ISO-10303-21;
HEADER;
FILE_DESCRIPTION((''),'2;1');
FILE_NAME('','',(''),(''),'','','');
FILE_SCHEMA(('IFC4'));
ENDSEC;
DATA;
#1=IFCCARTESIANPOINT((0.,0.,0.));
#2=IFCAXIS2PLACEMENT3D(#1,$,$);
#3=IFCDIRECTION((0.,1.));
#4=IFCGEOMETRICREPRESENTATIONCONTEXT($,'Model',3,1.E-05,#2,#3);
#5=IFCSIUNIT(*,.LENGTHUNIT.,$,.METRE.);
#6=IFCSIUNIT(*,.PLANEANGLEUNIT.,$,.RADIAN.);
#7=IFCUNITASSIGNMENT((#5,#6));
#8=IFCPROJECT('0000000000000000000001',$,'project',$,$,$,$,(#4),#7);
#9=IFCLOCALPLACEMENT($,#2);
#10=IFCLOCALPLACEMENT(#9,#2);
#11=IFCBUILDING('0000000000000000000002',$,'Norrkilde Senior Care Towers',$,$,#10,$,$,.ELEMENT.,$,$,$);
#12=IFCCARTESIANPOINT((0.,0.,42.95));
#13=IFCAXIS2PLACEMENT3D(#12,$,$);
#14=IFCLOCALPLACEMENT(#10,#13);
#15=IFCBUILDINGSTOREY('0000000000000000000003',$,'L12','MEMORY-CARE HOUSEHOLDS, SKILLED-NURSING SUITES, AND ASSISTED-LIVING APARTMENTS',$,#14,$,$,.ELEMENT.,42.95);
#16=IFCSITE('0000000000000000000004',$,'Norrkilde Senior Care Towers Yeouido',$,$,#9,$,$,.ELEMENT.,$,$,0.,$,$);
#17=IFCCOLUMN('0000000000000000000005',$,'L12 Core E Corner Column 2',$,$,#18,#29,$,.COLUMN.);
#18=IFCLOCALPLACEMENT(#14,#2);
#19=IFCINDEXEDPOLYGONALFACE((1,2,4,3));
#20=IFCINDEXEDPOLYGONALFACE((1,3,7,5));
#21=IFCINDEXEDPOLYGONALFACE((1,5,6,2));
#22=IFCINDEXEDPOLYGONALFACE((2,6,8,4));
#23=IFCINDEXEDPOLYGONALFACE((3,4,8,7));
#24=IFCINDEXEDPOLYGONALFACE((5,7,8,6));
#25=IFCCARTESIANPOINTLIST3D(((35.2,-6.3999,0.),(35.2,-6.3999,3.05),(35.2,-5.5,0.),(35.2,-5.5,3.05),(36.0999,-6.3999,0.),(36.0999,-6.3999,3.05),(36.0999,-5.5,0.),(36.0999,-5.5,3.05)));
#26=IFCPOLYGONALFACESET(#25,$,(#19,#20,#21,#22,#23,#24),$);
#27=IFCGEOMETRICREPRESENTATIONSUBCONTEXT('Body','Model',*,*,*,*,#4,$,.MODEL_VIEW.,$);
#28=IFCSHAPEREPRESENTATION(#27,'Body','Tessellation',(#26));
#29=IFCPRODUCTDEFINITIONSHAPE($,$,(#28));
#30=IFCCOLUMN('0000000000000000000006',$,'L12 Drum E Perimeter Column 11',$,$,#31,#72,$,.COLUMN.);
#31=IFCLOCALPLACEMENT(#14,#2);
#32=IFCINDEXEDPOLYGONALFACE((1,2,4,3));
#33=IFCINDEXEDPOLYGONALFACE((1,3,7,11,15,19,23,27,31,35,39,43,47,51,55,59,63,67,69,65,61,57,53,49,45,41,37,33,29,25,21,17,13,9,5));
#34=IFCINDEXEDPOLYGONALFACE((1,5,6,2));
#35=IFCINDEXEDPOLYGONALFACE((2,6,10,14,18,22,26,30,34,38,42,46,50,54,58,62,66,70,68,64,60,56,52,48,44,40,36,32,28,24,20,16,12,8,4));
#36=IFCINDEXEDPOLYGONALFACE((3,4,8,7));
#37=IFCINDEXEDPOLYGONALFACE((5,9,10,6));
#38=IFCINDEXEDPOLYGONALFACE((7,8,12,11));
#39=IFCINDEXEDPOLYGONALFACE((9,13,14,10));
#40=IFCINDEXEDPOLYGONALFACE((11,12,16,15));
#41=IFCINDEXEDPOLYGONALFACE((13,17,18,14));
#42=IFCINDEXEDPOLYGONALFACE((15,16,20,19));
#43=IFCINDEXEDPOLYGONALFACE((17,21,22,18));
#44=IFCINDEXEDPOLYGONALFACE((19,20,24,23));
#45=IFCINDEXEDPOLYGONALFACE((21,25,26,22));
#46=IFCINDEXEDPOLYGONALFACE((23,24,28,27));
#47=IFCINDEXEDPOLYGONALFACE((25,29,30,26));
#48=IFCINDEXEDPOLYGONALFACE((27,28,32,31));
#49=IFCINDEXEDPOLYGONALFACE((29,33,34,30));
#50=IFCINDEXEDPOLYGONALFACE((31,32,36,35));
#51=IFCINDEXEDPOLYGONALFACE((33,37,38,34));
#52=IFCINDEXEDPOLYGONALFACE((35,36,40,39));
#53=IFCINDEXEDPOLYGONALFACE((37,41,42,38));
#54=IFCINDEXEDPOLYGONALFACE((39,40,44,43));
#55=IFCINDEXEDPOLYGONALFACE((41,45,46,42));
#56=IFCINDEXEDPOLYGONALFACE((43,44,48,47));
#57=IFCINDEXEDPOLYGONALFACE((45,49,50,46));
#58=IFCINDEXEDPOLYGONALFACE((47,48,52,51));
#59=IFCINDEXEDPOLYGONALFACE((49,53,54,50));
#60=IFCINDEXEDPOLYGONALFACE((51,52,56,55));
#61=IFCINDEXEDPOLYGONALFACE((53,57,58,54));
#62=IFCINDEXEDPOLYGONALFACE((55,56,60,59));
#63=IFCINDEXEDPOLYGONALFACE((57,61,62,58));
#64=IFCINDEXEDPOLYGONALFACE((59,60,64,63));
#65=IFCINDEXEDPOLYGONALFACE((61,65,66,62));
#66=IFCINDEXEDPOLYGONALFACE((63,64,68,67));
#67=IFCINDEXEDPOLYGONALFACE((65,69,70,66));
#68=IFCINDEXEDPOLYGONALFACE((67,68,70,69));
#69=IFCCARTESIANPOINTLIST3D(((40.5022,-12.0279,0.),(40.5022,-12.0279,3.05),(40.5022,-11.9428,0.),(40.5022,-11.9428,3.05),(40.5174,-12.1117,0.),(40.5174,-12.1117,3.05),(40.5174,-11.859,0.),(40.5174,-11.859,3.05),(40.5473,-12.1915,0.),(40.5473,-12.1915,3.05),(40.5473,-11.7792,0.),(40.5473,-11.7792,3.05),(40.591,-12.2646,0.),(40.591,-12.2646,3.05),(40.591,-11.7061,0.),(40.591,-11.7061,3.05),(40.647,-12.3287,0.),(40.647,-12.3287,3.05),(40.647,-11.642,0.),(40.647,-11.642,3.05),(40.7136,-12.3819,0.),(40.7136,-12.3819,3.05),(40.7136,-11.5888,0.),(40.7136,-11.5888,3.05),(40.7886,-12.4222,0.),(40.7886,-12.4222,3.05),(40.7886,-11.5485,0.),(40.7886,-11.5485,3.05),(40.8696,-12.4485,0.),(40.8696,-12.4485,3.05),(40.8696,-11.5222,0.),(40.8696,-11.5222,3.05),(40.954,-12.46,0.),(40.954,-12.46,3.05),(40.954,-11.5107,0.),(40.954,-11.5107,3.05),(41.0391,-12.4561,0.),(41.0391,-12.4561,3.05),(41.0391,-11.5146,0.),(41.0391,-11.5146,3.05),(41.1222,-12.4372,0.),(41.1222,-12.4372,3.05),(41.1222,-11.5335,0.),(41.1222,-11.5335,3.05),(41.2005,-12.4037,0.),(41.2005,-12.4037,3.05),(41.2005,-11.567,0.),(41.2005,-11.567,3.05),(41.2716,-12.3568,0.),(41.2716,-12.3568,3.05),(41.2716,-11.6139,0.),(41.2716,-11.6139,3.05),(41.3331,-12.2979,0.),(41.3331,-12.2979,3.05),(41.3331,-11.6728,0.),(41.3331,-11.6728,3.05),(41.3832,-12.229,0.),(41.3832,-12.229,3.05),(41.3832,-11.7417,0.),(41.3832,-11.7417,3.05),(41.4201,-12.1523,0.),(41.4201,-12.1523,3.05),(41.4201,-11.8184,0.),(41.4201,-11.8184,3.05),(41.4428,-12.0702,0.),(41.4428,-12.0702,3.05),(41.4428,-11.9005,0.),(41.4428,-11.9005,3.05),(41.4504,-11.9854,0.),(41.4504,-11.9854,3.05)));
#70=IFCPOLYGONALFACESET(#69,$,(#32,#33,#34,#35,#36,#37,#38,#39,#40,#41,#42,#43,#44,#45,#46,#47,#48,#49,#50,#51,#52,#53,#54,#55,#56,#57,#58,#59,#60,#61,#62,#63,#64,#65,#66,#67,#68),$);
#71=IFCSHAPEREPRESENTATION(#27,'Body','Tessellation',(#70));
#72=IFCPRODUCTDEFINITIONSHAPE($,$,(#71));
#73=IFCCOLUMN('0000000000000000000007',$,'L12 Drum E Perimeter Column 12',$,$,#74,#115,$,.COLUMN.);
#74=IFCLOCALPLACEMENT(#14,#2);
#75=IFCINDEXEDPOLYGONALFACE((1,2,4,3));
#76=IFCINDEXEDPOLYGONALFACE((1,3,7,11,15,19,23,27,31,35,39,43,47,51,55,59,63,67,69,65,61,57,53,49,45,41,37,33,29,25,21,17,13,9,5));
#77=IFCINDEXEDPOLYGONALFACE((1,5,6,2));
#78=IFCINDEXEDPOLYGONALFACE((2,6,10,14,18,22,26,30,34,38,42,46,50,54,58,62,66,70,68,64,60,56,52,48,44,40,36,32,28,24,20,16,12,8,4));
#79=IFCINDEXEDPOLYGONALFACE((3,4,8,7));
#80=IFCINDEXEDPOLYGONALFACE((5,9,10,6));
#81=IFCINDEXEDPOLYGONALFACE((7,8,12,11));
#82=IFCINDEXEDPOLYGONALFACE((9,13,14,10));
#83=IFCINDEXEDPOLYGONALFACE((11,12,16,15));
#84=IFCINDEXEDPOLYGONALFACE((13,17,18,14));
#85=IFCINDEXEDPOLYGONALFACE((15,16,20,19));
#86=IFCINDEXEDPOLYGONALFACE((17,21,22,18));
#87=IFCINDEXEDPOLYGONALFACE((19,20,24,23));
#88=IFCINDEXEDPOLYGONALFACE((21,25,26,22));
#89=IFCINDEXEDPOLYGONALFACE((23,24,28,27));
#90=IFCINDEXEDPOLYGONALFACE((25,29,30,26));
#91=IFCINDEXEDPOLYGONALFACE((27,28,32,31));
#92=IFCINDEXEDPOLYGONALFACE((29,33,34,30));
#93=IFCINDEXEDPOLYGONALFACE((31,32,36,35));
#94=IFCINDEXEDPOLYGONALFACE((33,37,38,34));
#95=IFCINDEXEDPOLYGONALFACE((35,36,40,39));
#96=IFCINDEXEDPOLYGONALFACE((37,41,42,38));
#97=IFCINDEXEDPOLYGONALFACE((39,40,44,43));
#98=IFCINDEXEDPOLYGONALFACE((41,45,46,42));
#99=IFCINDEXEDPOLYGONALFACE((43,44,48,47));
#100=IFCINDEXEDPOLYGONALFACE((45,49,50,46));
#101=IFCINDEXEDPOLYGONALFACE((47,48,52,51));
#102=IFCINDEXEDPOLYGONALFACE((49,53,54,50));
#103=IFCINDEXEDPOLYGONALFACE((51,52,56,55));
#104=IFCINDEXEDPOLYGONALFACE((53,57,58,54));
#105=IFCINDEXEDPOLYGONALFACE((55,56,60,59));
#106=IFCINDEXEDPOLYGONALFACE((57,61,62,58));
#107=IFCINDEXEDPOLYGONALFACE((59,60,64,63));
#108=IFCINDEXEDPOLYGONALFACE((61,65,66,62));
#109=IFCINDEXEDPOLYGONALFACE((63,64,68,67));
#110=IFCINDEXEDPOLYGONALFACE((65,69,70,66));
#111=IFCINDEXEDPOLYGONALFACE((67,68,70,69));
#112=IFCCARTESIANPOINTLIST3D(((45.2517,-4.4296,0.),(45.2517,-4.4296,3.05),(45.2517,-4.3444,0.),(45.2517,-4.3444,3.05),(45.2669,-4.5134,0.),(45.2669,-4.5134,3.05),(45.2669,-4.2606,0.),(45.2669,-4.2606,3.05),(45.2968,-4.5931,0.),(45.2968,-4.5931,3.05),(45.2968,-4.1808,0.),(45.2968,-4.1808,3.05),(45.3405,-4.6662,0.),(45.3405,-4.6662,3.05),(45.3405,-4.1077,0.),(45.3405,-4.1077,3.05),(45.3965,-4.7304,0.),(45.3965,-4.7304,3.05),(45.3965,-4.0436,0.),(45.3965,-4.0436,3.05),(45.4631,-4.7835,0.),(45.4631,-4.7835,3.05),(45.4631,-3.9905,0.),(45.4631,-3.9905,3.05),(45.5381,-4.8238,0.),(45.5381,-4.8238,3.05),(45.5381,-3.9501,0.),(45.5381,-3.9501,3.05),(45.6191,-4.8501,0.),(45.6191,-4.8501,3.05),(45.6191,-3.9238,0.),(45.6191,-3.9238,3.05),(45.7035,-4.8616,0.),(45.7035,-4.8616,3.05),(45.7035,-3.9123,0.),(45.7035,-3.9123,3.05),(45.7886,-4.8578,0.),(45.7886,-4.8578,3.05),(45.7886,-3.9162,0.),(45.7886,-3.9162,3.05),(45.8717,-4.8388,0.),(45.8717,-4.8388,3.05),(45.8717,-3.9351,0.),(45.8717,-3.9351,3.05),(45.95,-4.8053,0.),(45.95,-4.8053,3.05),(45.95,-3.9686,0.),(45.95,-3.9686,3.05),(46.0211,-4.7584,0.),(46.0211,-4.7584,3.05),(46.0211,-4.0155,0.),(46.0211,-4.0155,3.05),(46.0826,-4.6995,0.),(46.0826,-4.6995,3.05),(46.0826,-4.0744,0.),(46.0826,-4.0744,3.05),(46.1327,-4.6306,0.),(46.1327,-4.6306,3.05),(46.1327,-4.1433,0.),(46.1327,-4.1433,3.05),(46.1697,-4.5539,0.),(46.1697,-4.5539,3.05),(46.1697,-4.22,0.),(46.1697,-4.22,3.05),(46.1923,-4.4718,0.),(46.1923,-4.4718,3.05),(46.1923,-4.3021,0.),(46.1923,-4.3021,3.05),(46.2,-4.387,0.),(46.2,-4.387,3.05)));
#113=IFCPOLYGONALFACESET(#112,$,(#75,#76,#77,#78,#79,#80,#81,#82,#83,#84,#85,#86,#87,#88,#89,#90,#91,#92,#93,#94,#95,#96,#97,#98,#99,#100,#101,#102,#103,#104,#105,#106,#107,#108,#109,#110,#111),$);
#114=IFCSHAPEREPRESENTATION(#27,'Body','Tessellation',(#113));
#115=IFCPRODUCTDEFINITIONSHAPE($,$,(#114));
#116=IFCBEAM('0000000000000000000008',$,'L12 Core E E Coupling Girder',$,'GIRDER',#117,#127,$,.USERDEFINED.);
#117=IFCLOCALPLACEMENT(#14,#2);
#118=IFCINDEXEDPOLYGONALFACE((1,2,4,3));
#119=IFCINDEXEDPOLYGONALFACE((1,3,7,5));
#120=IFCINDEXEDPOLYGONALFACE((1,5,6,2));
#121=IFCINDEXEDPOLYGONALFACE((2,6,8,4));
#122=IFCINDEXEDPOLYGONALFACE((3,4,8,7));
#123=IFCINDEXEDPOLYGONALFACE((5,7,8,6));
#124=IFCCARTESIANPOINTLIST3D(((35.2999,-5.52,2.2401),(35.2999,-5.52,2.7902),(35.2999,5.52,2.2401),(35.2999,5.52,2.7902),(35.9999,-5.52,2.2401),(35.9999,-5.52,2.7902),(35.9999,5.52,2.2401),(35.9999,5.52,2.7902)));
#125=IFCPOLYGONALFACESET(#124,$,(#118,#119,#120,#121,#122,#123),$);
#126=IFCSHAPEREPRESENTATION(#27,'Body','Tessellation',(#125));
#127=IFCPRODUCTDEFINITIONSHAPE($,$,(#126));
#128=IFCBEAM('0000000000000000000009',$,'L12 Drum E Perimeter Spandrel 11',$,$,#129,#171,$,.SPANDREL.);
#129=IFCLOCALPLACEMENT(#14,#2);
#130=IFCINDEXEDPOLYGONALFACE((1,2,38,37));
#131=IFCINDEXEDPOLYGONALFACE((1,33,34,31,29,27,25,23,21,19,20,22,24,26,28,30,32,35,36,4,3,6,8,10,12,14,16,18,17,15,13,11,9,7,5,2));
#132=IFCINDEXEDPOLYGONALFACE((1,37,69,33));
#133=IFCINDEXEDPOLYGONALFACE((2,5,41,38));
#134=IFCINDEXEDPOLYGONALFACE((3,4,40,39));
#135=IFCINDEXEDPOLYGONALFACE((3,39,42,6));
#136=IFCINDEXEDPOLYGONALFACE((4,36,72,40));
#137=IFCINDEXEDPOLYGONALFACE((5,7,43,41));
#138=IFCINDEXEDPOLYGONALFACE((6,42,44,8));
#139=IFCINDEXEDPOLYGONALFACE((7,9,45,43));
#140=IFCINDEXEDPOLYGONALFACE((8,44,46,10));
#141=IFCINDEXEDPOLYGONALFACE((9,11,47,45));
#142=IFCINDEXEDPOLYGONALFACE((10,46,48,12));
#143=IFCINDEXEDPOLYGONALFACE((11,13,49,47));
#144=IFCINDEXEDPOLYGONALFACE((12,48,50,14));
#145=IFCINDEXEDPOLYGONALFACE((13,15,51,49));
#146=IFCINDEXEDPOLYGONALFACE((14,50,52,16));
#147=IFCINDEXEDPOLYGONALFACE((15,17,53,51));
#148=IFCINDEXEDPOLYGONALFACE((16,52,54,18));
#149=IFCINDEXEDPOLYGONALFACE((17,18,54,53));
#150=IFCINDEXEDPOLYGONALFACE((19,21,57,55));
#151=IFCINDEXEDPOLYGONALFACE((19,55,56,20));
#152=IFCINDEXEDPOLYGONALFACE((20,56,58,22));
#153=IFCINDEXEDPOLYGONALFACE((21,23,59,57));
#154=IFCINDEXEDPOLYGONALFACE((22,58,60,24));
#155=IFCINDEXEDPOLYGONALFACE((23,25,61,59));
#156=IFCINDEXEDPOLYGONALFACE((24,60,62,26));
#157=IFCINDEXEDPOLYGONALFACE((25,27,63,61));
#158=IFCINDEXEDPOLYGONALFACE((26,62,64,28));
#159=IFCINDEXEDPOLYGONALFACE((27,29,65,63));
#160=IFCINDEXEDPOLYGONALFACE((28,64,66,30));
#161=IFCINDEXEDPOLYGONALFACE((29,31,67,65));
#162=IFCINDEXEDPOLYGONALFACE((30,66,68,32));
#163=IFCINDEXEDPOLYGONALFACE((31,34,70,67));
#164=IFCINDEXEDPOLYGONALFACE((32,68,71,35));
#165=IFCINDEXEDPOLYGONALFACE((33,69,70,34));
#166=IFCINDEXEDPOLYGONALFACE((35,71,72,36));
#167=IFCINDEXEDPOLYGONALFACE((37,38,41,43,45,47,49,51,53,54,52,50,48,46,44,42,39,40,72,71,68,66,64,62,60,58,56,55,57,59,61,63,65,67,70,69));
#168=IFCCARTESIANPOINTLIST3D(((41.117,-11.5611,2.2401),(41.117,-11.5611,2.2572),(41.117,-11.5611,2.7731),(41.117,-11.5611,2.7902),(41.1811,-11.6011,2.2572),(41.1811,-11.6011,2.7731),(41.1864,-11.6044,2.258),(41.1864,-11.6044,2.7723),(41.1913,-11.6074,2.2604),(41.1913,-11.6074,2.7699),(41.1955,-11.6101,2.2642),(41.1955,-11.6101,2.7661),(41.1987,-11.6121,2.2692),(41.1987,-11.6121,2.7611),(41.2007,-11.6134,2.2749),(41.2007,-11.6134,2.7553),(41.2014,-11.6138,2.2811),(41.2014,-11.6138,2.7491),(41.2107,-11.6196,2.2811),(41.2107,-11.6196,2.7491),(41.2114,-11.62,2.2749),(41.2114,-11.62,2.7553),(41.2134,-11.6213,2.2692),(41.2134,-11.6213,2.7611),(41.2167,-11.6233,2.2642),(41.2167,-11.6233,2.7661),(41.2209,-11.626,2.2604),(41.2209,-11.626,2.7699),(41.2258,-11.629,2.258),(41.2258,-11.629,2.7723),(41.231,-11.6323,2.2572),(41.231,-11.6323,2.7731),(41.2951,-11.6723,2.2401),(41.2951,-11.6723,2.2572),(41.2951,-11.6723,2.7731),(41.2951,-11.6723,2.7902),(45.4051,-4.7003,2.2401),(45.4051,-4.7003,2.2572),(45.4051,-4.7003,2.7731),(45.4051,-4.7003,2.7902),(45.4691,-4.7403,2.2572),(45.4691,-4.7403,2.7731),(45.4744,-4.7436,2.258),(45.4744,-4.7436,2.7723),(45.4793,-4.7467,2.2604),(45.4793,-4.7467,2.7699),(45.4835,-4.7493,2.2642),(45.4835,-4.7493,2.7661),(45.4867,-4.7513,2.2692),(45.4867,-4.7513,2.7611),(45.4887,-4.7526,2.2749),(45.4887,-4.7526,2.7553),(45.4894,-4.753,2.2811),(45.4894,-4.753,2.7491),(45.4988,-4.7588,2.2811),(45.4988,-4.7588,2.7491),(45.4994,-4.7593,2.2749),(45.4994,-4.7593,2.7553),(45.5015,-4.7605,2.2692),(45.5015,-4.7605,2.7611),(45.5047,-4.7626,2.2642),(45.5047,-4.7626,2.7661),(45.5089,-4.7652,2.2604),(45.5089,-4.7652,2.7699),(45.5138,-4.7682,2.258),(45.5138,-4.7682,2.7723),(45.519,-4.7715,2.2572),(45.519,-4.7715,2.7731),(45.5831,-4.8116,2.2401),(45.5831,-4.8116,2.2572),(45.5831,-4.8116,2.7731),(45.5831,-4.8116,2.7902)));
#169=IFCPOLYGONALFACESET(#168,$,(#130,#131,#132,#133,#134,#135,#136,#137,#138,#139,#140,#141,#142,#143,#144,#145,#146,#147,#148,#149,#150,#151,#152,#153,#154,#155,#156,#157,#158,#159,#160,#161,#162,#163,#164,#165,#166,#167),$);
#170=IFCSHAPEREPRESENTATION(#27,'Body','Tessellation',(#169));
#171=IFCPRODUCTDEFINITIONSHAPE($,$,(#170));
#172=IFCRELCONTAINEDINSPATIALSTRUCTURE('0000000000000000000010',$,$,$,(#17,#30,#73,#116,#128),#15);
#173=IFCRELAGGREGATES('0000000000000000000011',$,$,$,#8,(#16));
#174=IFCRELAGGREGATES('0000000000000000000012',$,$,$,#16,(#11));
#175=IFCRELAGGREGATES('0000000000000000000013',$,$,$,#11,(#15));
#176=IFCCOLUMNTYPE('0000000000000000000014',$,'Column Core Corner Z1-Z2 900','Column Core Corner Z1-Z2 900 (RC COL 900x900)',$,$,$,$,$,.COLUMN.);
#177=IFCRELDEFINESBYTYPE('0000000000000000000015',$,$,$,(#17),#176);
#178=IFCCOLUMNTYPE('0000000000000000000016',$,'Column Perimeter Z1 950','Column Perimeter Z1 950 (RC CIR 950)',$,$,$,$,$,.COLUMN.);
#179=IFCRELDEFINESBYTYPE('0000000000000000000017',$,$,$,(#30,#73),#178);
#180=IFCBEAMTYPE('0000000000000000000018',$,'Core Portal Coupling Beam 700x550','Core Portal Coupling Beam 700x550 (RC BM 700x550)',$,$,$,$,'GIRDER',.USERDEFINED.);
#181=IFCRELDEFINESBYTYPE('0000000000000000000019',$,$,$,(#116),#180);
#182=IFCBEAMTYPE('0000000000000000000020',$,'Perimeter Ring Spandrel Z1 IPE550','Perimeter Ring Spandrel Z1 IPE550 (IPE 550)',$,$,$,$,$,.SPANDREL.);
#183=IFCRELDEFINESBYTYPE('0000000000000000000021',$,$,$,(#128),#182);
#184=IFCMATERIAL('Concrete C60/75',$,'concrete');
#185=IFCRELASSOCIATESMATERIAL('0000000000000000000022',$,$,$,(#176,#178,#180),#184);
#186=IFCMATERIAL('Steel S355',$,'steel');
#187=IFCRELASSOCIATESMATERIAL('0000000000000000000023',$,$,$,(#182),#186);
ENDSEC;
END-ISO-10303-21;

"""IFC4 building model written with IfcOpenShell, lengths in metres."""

from ifc_helpers import new_model, si_unit, direction, frame, origin, origin_2d, place, context, subcontext, project, spatial, rectangle, circle, i_section, extrude, source, transform, mapped, material, material_profile, profile_set, type_object, type_shapes, element, save


model = new_model("IFC4")

# Units and contexts
model_context = context("Model", 3, precision=1e-05, world=origin(), true_north=direction((0.0, 1.0)))
body_context = subcontext(model_context, "Body", "Model", "MODEL_VIEW")
ifc_project = project(units=[si_unit("LENGTHUNIT", "METRE"), si_unit("PLANEANGLEUNIT", "RADIAN")], contexts=[model_context])

# Site, building, storey
site_placement = place(None, origin())
site = spatial("IfcSite", under=ifc_project, at=site_placement, Name="Norrkilde Senior Care Towers Yeouido", CompositionType="ELEMENT", RefElevation=0.0)
building_placement = place(site_placement, origin())
building = spatial("IfcBuilding", under=site, at=building_placement, Name="Norrkilde Senior Care Towers", CompositionType="ELEMENT")
storey_placement = place(building_placement, frame((0.0, 0.0, 42.95)))
storey = spatial("IfcBuildingStorey", under=building, at=storey_placement, Name="L12", Description="MEMORY-CARE HOUSEHOLDS, SKILLED-NURSING SUITES, AND ASSISTED-LIVING APARTMENTS", CompositionType="ELEMENT", Elevation=42.95)

# Columns
ifc_material_1 = material(Name="Concrete C60/75", Category="concrete")
ifc_material_profile_1 = material_profile(ifc_material_1, rectangle(XDim=0.8999, YDim=0.8999, at=origin_2d()), Name="RC COL 900x900")
ifc_profile_set_1 = profile_set([ifc_material_profile_1], Name="Concrete C60/75")
column_type_1 = type_object("IfcColumnType", Name="Column Core Corner Z1-Z2 900", Description="Column Core Corner Z1-Z2 900 (RC COL 900x900)", PredefinedType="COLUMN", material=ifc_profile_set_1)
shared_shape_1 = source(origin(), body_context, "Body", "SweptSolid", [
    extrude(rectangle(XDim=0.8999, YDim=0.8999, at=origin_2d()), origin(), (0.0, 0.0, 1.0), 3.05),
])
type_shapes(column_type_1, [shared_shape_1])
column_placement = place(storey_placement, frame((35.6499, -5.95, 0.0), z_axis=(0.0, 0.0, 1.0), x_axis=(1.0, 0.0, 0.0)))
element("IfcColumn", 1, at=column_placement, inside=storey, type_object=column_type_1, Name="L12 Core E Corner Column 2", PredefinedType="COLUMN", context=body_context, shape_type="MappedRepresentation", body=[
    mapped(shared_shape_1, transform((0.0, 0.0, 0.0), x_axis=(1.0, 0.0, 0.0), y_axis=(0.0, 1.0, 0.0), z_axis=(0.0, 0.0, 1.0), scale=1.0)),
])
ifc_material_profile_2 = material_profile(ifc_material_1, circle(Radius=0.4751, at=origin_2d()), Name="RC CIR 950")
ifc_profile_set_2 = profile_set([ifc_material_profile_2], Name="Concrete C60/75")
column_type_2 = type_object("IfcColumnType", Name="Column Perimeter Z1 950", Description="Column Perimeter Z1 950 (RC CIR 950)", PredefinedType="COLUMN", material=ifc_profile_set_2)
shared_shape_2 = source(origin(), body_context, "Body", "SweptSolid", [
    extrude(circle(Radius=0.4751, at=origin_2d()), origin(), (0.0, 0.0, 1.0), 3.05),
])
type_shapes(column_type_2, [shared_shape_2])
for number, where, z_axis, x_axis, name in (
    (2, (40.9753, -11.9854, 0.0), (0.0, 0.0, 1.0), (1.0, 0.0, 0.0), "L12 Drum E Perimeter Column 11"),
    (3, (45.7249, -4.387, 0.0), (0.0, 0.0, 1.0), (1.0, 0.0, 0.0), "L12 Drum E Perimeter Column 12"),
):
    element("IfcColumn", number, at=place(storey_placement, frame(where, z_axis=z_axis, x_axis=x_axis)), inside=storey, type_object=column_type_2, Name=name, PredefinedType="COLUMN", context=body_context, shape_type="MappedRepresentation", body=[
        mapped(shared_shape_2, transform((0.0, 0.0, 0.0), x_axis=(1.0, 0.0, 0.0), y_axis=(0.0, 1.0, 0.0), z_axis=(0.0, 0.0, 1.0), scale=1.0)),
    ])

# Beams
ifc_material_profile_3 = material_profile(ifc_material_1, rectangle(XDim=0.7, YDim=0.55, at=origin_2d()), Name="RC BM 700x550")
ifc_profile_set_3 = profile_set([ifc_material_profile_3], Name="Concrete C60/75")
beam_type_1 = type_object("IfcBeamType", Name="Core Portal Coupling Beam 700x550", Description="Core Portal Coupling Beam 700x550 (RC BM 700x550)", ElementType="GIRDER", PredefinedType="USERDEFINED", material=ifc_profile_set_3)
shared_shape_3 = source(origin(), body_context, "Body", "SweptSolid", [
    extrude(rectangle(XDim=0.7, YDim=0.55, at=origin_2d()), origin(), (0.0, 0.0, 1.0), 11.04),
])
type_shapes(beam_type_1, [shared_shape_3])
beam_1_placement = place(storey_placement, frame((35.6499, -5.52, 2.5151), z_axis=(0.0, 1.0, 0.0), x_axis=(-1.0, 0.0, 0.0)))
element("IfcBeam", 4, at=beam_1_placement, inside=storey, type_object=beam_type_1, Name="L12 Core E E Coupling Girder", ObjectType="GIRDER", PredefinedType="USERDEFINED", context=body_context, shape_type="MappedRepresentation", body=[
    mapped(shared_shape_3, transform((0.0, 0.0, 0.0), x_axis=(1.0, 0.0, 0.0), y_axis=(0.0, 1.0, 0.0), z_axis=(0.0, 0.0, 1.0), scale=1.0)),
])
ifc_material_2 = material(Name="Steel S355", Category="steel")
ifc_material_profile_4 = material_profile(ifc_material_2, i_section(OverallWidth=0.21, OverallDepth=0.55, WebThickness=0.011, FlangeThickness=0.0171, FilletRadius=0.0239, at=origin_2d()), Name="IPE 550")
ifc_profile_set_4 = profile_set([ifc_material_profile_4], Name="Steel S355")
beam_type_2 = type_object("IfcBeamType", Name="Perimeter Ring Spandrel Z1 IPE550", Description="Perimeter Ring Spandrel Z1 IPE550 (IPE 550)", PredefinedType="SPANDREL", material=ifc_profile_set_4)
shared_shape_4 = source(origin(), body_context, "Body", "SweptSolid", [
    extrude(i_section(OverallWidth=0.21, OverallDepth=0.55, WebThickness=0.011, FlangeThickness=0.0171, FilletRadius=0.0239, at=origin_2d()), origin(), (0.0, 0.0, 1.0), 8.0906),
])
beam_2_placement = place(storey_placement, frame((41.2061, -11.6167, 2.5151), z_axis=(0.530004, 0.847995, 0.0), x_axis=(-0.847995, 0.530004, 0.0)))
element("IfcBeam", 5, at=beam_2_placement, inside=storey, type_object=beam_type_2, Name="L12 Drum E Perimeter Spandrel 11", PredefinedType="SPANDREL", context=body_context, shape_type="MappedRepresentation", body=[
    mapped(shared_shape_4, transform((0.0, 0.0, 0.0), x_axis=(1.0, 0.0, 0.0), y_axis=(0.0, 1.0, 0.0), z_axis=(0.0, 0.0, 1.0), scale=1.0)),
])

save(model, "model.ifc")
